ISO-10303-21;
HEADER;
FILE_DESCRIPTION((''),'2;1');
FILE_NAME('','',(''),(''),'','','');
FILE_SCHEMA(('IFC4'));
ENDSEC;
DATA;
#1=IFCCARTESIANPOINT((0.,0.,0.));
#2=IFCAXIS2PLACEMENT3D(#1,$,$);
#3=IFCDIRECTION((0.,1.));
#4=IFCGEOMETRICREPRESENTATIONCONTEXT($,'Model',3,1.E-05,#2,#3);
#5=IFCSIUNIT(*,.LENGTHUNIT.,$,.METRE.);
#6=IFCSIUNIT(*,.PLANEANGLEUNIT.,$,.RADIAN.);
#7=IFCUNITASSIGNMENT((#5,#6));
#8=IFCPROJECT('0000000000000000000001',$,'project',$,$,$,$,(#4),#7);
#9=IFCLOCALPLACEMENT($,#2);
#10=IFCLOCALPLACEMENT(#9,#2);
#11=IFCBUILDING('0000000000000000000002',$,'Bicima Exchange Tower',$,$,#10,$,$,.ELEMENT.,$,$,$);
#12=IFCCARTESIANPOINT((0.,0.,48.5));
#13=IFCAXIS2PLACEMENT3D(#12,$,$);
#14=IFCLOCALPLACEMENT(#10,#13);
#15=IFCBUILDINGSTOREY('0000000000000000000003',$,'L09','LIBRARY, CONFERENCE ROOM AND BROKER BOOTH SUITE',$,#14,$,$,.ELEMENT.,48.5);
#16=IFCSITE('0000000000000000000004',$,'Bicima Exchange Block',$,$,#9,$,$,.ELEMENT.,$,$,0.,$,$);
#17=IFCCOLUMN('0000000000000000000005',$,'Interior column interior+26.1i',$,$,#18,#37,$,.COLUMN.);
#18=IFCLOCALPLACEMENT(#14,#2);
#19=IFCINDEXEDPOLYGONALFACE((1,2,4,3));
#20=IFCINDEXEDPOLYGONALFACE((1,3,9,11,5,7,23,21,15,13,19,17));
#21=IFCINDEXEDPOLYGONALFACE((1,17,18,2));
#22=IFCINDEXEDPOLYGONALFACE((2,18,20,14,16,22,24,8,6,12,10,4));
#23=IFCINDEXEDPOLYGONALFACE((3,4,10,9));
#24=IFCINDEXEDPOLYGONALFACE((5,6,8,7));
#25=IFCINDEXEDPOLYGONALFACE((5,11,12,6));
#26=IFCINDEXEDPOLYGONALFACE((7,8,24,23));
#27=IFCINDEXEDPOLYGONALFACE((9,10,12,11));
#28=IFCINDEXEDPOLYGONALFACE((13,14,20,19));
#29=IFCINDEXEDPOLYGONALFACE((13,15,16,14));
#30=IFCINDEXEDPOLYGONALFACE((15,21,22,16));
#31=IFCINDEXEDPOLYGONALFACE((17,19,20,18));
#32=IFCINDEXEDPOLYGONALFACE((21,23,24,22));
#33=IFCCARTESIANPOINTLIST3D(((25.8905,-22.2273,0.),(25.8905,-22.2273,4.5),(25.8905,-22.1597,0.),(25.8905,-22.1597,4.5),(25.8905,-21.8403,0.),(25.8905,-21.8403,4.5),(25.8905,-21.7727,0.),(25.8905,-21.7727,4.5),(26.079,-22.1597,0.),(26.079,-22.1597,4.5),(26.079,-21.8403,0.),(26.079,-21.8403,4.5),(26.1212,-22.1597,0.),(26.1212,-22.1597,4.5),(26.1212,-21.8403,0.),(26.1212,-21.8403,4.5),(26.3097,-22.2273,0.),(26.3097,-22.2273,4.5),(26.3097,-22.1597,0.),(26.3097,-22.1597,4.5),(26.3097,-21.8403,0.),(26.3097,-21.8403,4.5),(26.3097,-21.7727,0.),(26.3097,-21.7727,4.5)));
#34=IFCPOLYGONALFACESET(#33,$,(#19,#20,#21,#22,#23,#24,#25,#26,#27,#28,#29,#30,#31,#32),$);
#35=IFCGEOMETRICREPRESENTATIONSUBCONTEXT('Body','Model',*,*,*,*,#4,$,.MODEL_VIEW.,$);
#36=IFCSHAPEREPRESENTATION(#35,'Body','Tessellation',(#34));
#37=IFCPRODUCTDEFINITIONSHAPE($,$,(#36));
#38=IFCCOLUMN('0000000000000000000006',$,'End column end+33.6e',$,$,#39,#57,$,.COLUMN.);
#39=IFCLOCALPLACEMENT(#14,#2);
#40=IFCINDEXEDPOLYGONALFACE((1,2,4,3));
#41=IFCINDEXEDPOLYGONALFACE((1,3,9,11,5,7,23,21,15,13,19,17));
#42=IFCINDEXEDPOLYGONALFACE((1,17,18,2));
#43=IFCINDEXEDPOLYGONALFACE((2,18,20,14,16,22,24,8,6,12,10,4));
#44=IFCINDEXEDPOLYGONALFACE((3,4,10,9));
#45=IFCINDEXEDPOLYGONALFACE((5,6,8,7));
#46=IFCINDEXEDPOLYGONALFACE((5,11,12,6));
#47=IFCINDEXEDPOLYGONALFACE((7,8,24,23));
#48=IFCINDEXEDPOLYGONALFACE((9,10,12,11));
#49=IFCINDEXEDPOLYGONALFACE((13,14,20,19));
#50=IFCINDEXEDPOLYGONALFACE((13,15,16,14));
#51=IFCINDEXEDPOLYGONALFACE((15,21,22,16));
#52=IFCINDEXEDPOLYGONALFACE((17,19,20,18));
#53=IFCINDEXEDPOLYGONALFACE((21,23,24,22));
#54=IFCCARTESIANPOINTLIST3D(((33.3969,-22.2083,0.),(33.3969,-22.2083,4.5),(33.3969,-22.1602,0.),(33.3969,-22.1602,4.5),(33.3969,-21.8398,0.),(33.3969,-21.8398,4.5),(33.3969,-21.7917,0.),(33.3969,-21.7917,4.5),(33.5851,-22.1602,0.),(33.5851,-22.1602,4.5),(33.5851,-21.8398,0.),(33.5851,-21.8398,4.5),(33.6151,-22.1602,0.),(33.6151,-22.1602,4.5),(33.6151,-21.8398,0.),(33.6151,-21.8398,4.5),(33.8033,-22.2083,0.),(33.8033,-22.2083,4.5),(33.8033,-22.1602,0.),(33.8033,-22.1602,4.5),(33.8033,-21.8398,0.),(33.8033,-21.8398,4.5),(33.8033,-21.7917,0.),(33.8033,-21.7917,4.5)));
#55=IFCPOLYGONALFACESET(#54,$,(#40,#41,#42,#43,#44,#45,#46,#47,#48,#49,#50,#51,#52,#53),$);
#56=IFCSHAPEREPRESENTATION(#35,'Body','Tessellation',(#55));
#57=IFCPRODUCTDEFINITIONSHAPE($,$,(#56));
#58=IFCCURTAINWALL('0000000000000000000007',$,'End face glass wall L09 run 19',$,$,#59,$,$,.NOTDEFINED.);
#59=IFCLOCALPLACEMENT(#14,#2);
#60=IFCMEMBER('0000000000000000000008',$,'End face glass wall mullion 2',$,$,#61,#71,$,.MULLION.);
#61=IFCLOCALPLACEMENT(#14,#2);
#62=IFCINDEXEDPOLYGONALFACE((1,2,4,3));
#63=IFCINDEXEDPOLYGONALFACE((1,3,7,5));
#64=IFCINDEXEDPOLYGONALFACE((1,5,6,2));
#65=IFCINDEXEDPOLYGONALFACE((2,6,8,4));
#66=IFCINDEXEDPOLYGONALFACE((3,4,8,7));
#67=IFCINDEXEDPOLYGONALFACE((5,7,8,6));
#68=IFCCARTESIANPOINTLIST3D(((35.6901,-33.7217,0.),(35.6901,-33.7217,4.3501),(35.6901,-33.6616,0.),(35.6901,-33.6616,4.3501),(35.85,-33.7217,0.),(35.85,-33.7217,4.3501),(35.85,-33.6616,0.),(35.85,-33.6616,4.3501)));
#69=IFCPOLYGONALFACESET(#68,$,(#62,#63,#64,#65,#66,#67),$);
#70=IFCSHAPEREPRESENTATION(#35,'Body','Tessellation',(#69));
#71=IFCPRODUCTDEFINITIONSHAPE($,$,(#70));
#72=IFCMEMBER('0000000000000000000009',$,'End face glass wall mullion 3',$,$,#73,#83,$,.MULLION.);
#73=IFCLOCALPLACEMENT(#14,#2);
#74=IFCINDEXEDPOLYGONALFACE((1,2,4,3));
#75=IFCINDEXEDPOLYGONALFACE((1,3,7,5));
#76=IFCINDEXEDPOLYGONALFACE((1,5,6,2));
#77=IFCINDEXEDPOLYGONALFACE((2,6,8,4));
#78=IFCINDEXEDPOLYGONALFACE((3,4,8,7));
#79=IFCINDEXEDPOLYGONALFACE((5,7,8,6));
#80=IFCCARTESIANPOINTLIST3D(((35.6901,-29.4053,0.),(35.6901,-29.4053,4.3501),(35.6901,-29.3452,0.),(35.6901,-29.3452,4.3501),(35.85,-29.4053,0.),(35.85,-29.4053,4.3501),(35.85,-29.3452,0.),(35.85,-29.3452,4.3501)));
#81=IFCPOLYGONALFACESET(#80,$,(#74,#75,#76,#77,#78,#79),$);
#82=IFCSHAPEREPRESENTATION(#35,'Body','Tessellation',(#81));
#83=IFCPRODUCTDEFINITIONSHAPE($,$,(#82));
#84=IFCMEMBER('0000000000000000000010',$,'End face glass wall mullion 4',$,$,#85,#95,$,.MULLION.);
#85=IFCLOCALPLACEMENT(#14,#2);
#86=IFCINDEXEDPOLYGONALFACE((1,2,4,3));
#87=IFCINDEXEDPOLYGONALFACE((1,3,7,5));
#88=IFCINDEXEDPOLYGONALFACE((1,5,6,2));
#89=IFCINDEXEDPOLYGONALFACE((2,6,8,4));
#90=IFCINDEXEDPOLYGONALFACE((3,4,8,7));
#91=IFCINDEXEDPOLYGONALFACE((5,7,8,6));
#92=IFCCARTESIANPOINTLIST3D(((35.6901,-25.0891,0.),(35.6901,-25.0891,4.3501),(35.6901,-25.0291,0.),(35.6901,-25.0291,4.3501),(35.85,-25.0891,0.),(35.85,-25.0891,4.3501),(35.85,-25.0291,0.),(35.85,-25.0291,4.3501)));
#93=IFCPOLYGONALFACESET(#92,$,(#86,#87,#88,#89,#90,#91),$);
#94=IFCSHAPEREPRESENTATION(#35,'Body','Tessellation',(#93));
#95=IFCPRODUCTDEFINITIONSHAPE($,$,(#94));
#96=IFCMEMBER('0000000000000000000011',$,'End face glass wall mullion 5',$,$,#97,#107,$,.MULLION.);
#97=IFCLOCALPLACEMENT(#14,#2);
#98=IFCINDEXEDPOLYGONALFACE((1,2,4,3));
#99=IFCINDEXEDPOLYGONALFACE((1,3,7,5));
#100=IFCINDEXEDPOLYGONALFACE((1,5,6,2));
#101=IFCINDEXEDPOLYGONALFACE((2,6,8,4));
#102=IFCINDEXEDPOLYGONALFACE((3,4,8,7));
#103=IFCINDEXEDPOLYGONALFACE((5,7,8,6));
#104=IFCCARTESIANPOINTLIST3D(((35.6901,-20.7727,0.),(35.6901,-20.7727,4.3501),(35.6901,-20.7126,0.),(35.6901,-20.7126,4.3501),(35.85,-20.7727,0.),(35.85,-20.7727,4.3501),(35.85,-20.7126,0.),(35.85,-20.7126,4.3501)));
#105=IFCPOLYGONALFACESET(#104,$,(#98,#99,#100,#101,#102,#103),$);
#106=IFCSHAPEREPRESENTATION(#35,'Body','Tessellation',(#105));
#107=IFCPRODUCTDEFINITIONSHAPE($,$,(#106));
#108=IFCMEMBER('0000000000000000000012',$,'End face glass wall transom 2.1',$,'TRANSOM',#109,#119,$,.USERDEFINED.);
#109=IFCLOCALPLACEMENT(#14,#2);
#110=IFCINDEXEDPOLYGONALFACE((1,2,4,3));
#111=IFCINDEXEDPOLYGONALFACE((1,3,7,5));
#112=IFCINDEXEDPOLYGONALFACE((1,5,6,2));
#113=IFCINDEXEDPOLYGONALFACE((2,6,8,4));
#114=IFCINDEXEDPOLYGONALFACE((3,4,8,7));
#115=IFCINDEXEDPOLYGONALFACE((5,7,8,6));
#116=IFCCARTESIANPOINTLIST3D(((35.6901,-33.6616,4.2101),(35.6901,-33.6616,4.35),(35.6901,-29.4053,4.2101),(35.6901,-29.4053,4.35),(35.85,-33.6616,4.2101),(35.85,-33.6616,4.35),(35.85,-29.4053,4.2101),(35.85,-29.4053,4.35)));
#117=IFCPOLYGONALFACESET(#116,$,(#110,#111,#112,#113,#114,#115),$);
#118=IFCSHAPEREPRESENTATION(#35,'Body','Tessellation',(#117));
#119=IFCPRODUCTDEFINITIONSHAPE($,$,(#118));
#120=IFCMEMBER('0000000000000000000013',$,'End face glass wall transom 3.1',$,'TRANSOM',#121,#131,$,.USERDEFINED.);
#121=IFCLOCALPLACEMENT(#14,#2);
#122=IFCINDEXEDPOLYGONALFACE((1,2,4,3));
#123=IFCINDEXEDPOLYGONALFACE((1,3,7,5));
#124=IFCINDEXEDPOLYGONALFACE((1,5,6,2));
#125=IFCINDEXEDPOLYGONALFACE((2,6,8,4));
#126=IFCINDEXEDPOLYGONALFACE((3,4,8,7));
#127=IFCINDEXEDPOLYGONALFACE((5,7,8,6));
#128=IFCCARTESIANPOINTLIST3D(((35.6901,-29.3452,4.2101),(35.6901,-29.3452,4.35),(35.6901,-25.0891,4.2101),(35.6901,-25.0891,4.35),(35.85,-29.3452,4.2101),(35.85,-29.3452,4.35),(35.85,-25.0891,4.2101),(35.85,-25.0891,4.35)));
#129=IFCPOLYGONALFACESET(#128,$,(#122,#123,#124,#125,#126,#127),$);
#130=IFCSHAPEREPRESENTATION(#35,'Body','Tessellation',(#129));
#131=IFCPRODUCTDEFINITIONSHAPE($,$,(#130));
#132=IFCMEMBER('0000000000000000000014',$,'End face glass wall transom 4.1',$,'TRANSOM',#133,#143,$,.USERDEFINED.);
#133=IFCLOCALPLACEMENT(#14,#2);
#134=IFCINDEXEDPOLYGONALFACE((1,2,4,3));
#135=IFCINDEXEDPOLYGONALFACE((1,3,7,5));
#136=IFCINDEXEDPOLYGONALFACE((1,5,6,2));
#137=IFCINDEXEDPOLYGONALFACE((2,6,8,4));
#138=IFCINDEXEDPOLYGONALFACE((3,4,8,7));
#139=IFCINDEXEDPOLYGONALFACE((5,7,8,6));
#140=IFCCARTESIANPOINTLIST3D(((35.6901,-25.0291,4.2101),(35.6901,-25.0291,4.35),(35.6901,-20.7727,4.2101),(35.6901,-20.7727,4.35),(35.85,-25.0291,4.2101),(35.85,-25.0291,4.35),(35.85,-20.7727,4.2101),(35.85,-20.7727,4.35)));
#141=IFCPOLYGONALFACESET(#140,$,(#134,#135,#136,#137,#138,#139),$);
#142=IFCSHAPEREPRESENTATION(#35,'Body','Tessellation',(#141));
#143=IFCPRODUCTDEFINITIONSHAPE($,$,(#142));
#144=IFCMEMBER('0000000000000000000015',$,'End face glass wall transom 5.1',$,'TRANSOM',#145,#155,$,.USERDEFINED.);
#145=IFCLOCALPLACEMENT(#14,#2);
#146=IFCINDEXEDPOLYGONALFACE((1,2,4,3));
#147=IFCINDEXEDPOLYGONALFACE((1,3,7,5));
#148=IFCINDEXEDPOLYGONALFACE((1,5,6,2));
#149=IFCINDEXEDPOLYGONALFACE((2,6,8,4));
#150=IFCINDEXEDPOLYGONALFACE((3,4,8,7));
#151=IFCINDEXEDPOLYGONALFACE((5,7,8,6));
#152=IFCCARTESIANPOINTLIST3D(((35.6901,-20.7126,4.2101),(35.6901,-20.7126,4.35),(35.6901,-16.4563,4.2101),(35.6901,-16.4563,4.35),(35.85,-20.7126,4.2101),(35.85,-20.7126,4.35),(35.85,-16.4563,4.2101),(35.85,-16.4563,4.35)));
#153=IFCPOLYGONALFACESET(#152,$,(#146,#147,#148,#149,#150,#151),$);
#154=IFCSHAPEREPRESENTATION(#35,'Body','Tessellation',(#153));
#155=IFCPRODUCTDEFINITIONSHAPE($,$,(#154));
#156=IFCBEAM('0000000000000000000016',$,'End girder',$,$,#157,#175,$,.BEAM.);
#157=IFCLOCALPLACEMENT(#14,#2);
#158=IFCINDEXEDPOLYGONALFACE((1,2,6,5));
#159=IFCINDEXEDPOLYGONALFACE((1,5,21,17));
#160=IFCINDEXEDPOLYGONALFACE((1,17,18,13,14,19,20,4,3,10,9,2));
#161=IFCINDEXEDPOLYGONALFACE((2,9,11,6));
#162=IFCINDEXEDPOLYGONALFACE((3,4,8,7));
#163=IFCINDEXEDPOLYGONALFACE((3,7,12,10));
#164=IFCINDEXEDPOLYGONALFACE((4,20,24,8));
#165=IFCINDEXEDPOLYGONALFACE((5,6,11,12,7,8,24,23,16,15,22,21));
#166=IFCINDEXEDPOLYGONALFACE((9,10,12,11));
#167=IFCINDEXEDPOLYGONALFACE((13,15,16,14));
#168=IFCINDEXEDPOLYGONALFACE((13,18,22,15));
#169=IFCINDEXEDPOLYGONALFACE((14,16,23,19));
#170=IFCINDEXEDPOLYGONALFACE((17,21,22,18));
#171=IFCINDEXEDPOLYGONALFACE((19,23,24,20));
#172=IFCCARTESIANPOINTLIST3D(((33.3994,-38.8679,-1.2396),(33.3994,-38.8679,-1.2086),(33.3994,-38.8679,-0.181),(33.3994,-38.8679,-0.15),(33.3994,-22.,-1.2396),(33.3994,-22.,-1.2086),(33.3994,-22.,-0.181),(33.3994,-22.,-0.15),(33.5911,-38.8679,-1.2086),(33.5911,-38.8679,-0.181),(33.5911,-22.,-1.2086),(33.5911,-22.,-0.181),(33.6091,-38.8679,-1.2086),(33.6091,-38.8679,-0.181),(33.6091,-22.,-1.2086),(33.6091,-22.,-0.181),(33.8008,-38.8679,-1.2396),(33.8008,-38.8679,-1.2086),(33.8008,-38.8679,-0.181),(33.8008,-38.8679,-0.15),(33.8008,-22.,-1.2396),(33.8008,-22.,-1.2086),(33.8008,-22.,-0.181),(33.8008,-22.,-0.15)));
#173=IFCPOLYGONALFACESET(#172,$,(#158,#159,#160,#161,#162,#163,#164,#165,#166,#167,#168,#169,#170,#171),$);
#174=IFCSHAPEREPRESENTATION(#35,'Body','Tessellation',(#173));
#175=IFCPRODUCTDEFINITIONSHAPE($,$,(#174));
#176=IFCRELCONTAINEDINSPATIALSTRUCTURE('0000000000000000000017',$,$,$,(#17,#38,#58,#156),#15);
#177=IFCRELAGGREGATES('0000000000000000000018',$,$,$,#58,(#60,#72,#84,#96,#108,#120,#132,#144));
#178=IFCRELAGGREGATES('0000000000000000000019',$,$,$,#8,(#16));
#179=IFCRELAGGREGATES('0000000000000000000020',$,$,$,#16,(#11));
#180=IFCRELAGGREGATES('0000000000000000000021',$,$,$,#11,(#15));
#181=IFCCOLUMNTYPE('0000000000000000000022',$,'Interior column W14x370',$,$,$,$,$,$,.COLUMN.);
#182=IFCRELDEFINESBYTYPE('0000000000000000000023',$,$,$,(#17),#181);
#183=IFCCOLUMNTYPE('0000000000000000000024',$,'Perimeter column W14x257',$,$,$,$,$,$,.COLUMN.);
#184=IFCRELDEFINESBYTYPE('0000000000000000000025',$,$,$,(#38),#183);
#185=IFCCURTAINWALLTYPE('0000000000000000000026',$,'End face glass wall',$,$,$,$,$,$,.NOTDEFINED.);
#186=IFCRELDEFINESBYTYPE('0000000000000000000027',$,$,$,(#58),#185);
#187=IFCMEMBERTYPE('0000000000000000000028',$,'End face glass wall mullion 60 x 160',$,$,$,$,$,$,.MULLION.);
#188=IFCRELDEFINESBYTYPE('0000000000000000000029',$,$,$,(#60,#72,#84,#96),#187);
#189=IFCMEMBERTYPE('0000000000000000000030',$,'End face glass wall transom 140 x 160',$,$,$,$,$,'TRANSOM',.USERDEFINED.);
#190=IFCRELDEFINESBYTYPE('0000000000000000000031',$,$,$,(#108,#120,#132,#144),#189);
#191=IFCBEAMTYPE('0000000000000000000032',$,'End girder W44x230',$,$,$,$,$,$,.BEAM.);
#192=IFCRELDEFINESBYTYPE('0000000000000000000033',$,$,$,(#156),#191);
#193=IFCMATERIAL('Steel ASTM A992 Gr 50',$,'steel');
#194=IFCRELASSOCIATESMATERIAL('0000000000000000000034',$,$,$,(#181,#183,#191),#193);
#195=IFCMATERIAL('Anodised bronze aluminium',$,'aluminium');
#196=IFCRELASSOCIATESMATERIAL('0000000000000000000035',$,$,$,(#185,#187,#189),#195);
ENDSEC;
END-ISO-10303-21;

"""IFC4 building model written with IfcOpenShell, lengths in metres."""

from ifc_helpers import new_model, si_unit, direction, frame, origin, origin_2d, place, context, subcontext, project, spatial, rectangle, i_section, extrude, material, material_profile, profile_set, type_object, element, aggregate, save


model = new_model("IFC4")

# Units and contexts
model_context = context("Model", 3, precision=1e-05, world=origin(), true_north=direction((0.0, 1.0)))
body_context = subcontext(model_context, "Body", "Model", "MODEL_VIEW")
ifc_project = project(units=[si_unit("LENGTHUNIT", "METRE"), si_unit("PLANEANGLEUNIT", "RADIAN")], contexts=[model_context])

# Site, building, storey
site_placement = place(None, origin())
site = spatial("IfcSite", under=ifc_project, at=site_placement, Name="Bicima Exchange Block", CompositionType="ELEMENT", RefElevation=0.0)
building_placement = place(site_placement, origin())
building = spatial("IfcBuilding", under=site, at=building_placement, Name="Bicima Exchange Tower", CompositionType="ELEMENT")
storey_placement = place(building_placement, frame((0.0, 0.0, 48.5)))
storey = spatial("IfcBuildingStorey", under=building, at=storey_placement, Name="L09", Description="LIBRARY, CONFERENCE ROOM AND BROKER BOOTH SUITE", CompositionType="ELEMENT", Elevation=48.5)

# Columns
ifc_material_1 = material(Name="Steel ASTM A992 Gr 50", Category="steel")
ifc_material_profile_1 = material_profile(ifc_material_1, i_section(OverallWidth=0.4192, OverallDepth=0.4546, WebThickness=0.0422, FlangeThickness=0.0676, at=origin_2d()))
ifc_profile_set_1 = profile_set([ifc_material_profile_1], Name="Steel ASTM A992 Gr 50")
column_type_1 = type_object("IfcColumnType", Name="Interior column W14x370", PredefinedType="COLUMN", material=ifc_profile_set_1)
column_1_placement = place(storey_placement, frame((26.1001, -22.0, 0.0), z_axis=(0.0, 0.0, 1.0), x_axis=(1.0, 0.0, 0.0)))
element("IfcColumn", 1, at=column_1_placement, inside=storey, type_object=column_type_1, Name="Interior column interior+26.1i", PredefinedType="COLUMN", context=body_context, shape_type="SweptSolid", body=[
    extrude(i_section(OverallWidth=0.4192, OverallDepth=0.4546, WebThickness=0.0422, FlangeThickness=0.0676, at=origin_2d()), origin(), (0.0, 0.0, 1.0), 4.5),
])
ifc_material_profile_2 = material_profile(ifc_material_1, i_section(OverallWidth=0.4065, OverallDepth=0.4165, WebThickness=0.03, FlangeThickness=0.0481, at=origin_2d()))
ifc_profile_set_2 = profile_set([ifc_material_profile_2], Name="Steel ASTM A992 Gr 50")
column_type_2 = type_object("IfcColumnType", Name="Perimeter column W14x257", PredefinedType="COLUMN", material=ifc_profile_set_2)
column_2_placement = place(storey_placement, frame((33.6001, -22.0, 0.0), z_axis=(0.0, 0.0, 1.0), x_axis=(1.0, 0.0, 0.0)))
element("IfcColumn", 2, at=column_2_placement, inside=storey, type_object=column_type_2, Name="End column end+33.6e", PredefinedType="COLUMN", context=body_context, shape_type="SweptSolid", body=[
    extrude(i_section(OverallWidth=0.4065, OverallDepth=0.4165, WebThickness=0.03, FlangeThickness=0.0481, at=origin_2d()), origin(), (0.0, 0.0, 1.0), 4.5),
])

# Curtain wall, members
ifc_material_2 = material(Name="Anodised bronze aluminium", Category="aluminium")
curtain_wall_type = type_object("IfcCurtainWallType", Name="End face glass wall", PredefinedType="NOTDEFINED", material=ifc_material_2)
curtain_wall_placement = place(storey_placement, origin())
curtain_wall = element("IfcCurtainWall", 3, at=curtain_wall_placement, inside=storey, type_object=curtain_wall_type, Name="End face glass wall L09 run 19", PredefinedType="NOTDEFINED")
ifc_material_profile_3 = material_profile(ifc_material_2, rectangle(XDim=0.1599, YDim=0.0601, at=origin_2d()))
ifc_profile_set_3 = profile_set([ifc_material_profile_3], Name="Anodised bronze aluminium")
member_type_1 = type_object("IfcMemberType", Name="End face glass wall mullion 60 x 160", PredefinedType="MULLION", material=ifc_profile_set_3)
member_1_placement = place(storey_placement, frame((35.77, -33.6917, 0.0), z_axis=(0.0, 0.0, 1.0), x_axis=(-1.0, 0.0, 0.0)))
member_1 = element("IfcMember", 4, at=member_1_placement, type_object=member_type_1, Name="End face glass wall mullion 2", PredefinedType="MULLION", context=body_context, shape_type="SweptSolid", body=[
    extrude(rectangle(XDim=0.1599, YDim=0.0601, at=origin_2d()), origin(), (0.0, 0.0, 1.0), 4.3501),
])
member_2_placement = place(storey_placement, frame((35.77, -29.3752, 0.0), z_axis=(0.0, 0.0, 1.0), x_axis=(-1.0, 0.0, 0.0)))
member_2 = element("IfcMember", 5, at=member_2_placement, type_object=member_type_1, Name="End face glass wall mullion 3", PredefinedType="MULLION", context=body_context, shape_type="SweptSolid", body=[
    extrude(rectangle(XDim=0.1599, YDim=0.0601, at=origin_2d()), origin(), (0.0, 0.0, 1.0), 4.3501),
])
member_3_placement = place(storey_placement, frame((35.77, -25.0591, 0.0), z_axis=(0.0, 0.0, 1.0), x_axis=(-1.0, 0.0, 0.0)))
member_3 = element("IfcMember", 6, at=member_3_placement, type_object=member_type_1, Name="End face glass wall mullion 4", PredefinedType="MULLION", context=body_context, shape_type="SweptSolid", body=[
    extrude(rectangle(XDim=0.1599, YDim=0.0601, at=origin_2d()), origin(), (0.0, 0.0, 1.0), 4.3501),
])
member_4_placement = place(storey_placement, frame((35.77, -20.7427, 0.0), z_axis=(0.0, 0.0, 1.0), x_axis=(-1.0, 0.0, 0.0)))
member_4 = element("IfcMember", 7, at=member_4_placement, type_object=member_type_1, Name="End face glass wall mullion 5", PredefinedType="MULLION", context=body_context, shape_type="SweptSolid", body=[
    extrude(rectangle(XDim=0.1599, YDim=0.0601, at=origin_2d()), origin(), (0.0, 0.0, 1.0), 4.3501),
])
ifc_material_profile_4 = material_profile(ifc_material_2, rectangle(XDim=0.1599, YDim=0.1399, at=origin_2d()))
ifc_profile_set_4 = profile_set([ifc_material_profile_4], Name="Anodised bronze aluminium")
member_type_2 = type_object("IfcMemberType", Name="End face glass wall transom 140 x 160", ElementType="TRANSOM", PredefinedType="USERDEFINED", material=ifc_profile_set_4)
member_5_placement = place(storey_placement, frame((35.77, -33.6616, 4.28), z_axis=(0.0, 1.0, 0.0), x_axis=(-1.0, 0.0, 0.0)))
member_5 = element("IfcMember", 8, at=member_5_placement, type_object=member_type_2, Name="End face glass wall transom 2.1", ObjectType="TRANSOM", PredefinedType="USERDEFINED", context=body_context, shape_type="SweptSolid", body=[
    extrude(rectangle(XDim=0.1599, YDim=0.1399, at=origin_2d()), origin(), (0.0, 0.0, 1.0), 4.2563),
])
member_6_placement = place(storey_placement, frame((35.77, -29.3452, 4.28), z_axis=(0.0, 1.0, 0.0), x_axis=(-1.0, 0.0, 0.0)))
member_6 = element("IfcMember", 9, at=member_6_placement, type_object=member_type_2, Name="End face glass wall transom 3.1", ObjectType="TRANSOM", PredefinedType="USERDEFINED", context=body_context, shape_type="SweptSolid", body=[
    extrude(rectangle(XDim=0.1599, YDim=0.1399, at=origin_2d()), origin(), (0.0, 0.0, 1.0), 4.2561),
])
member_7_placement = place(storey_placement, frame((35.77, -25.0291, 4.28), z_axis=(0.0, 1.0, 0.0), x_axis=(-1.0, 0.0, 0.0)))
member_7 = element("IfcMember", 10, at=member_7_placement, type_object=member_type_2, Name="End face glass wall transom 4.1", ObjectType="TRANSOM", PredefinedType="USERDEFINED", context=body_context, shape_type="SweptSolid", body=[
    extrude(rectangle(XDim=0.1599, YDim=0.1399, at=origin_2d()), origin(), (0.0, 0.0, 1.0), 4.2563),
])
member_8_placement = place(storey_placement, frame((35.77, -20.7126, 4.28), z_axis=(0.0, 1.0, 0.0), x_axis=(-1.0, 0.0, 0.0)))
member_8 = element("IfcMember", 11, at=member_8_placement, type_object=member_type_2, Name="End face glass wall transom 5.1", ObjectType="TRANSOM", PredefinedType="USERDEFINED", context=body_context, shape_type="SweptSolid", body=[
    extrude(rectangle(XDim=0.1599, YDim=0.1399, at=origin_2d()), origin(), (0.0, 0.0, 1.0), 4.2563),
])

# Beam
ifc_material_profile_5 = material_profile(ifc_material_1, i_section(OverallWidth=0.4014, OverallDepth=1.0896, WebThickness=0.0181, FlangeThickness=0.031, at=origin_2d()))
ifc_profile_set_5 = profile_set([ifc_material_profile_5], Name="Steel ASTM A992 Gr 50")
beam_type_1 = type_object("IfcBeamType", Name="End girder W44x230", PredefinedType="BEAM", material=ifc_profile_set_5)
beam_1_placement = place(storey_placement, frame((33.6001, -22.0, -0.6948), z_axis=(0.0, -1.0, 0.0), x_axis=(1.0, 0.0, 0.0)))
element("IfcBeam", 12, at=beam_1_placement, inside=storey, type_object=beam_type_1, Name="End girder", PredefinedType="BEAM", context=body_context, shape_type="SweptSolid", body=[
    extrude(i_section(OverallWidth=0.4014, OverallDepth=1.0896, WebThickness=0.0181, FlangeThickness=0.031, at=origin_2d()), origin(), (0.0, 0.0, 1.0), 16.8679),
])

aggregate(curtain_wall, [member_1, member_2, member_3, member_4, member_5, member_6, member_7, member_8])

save(model, "model.ifc")
